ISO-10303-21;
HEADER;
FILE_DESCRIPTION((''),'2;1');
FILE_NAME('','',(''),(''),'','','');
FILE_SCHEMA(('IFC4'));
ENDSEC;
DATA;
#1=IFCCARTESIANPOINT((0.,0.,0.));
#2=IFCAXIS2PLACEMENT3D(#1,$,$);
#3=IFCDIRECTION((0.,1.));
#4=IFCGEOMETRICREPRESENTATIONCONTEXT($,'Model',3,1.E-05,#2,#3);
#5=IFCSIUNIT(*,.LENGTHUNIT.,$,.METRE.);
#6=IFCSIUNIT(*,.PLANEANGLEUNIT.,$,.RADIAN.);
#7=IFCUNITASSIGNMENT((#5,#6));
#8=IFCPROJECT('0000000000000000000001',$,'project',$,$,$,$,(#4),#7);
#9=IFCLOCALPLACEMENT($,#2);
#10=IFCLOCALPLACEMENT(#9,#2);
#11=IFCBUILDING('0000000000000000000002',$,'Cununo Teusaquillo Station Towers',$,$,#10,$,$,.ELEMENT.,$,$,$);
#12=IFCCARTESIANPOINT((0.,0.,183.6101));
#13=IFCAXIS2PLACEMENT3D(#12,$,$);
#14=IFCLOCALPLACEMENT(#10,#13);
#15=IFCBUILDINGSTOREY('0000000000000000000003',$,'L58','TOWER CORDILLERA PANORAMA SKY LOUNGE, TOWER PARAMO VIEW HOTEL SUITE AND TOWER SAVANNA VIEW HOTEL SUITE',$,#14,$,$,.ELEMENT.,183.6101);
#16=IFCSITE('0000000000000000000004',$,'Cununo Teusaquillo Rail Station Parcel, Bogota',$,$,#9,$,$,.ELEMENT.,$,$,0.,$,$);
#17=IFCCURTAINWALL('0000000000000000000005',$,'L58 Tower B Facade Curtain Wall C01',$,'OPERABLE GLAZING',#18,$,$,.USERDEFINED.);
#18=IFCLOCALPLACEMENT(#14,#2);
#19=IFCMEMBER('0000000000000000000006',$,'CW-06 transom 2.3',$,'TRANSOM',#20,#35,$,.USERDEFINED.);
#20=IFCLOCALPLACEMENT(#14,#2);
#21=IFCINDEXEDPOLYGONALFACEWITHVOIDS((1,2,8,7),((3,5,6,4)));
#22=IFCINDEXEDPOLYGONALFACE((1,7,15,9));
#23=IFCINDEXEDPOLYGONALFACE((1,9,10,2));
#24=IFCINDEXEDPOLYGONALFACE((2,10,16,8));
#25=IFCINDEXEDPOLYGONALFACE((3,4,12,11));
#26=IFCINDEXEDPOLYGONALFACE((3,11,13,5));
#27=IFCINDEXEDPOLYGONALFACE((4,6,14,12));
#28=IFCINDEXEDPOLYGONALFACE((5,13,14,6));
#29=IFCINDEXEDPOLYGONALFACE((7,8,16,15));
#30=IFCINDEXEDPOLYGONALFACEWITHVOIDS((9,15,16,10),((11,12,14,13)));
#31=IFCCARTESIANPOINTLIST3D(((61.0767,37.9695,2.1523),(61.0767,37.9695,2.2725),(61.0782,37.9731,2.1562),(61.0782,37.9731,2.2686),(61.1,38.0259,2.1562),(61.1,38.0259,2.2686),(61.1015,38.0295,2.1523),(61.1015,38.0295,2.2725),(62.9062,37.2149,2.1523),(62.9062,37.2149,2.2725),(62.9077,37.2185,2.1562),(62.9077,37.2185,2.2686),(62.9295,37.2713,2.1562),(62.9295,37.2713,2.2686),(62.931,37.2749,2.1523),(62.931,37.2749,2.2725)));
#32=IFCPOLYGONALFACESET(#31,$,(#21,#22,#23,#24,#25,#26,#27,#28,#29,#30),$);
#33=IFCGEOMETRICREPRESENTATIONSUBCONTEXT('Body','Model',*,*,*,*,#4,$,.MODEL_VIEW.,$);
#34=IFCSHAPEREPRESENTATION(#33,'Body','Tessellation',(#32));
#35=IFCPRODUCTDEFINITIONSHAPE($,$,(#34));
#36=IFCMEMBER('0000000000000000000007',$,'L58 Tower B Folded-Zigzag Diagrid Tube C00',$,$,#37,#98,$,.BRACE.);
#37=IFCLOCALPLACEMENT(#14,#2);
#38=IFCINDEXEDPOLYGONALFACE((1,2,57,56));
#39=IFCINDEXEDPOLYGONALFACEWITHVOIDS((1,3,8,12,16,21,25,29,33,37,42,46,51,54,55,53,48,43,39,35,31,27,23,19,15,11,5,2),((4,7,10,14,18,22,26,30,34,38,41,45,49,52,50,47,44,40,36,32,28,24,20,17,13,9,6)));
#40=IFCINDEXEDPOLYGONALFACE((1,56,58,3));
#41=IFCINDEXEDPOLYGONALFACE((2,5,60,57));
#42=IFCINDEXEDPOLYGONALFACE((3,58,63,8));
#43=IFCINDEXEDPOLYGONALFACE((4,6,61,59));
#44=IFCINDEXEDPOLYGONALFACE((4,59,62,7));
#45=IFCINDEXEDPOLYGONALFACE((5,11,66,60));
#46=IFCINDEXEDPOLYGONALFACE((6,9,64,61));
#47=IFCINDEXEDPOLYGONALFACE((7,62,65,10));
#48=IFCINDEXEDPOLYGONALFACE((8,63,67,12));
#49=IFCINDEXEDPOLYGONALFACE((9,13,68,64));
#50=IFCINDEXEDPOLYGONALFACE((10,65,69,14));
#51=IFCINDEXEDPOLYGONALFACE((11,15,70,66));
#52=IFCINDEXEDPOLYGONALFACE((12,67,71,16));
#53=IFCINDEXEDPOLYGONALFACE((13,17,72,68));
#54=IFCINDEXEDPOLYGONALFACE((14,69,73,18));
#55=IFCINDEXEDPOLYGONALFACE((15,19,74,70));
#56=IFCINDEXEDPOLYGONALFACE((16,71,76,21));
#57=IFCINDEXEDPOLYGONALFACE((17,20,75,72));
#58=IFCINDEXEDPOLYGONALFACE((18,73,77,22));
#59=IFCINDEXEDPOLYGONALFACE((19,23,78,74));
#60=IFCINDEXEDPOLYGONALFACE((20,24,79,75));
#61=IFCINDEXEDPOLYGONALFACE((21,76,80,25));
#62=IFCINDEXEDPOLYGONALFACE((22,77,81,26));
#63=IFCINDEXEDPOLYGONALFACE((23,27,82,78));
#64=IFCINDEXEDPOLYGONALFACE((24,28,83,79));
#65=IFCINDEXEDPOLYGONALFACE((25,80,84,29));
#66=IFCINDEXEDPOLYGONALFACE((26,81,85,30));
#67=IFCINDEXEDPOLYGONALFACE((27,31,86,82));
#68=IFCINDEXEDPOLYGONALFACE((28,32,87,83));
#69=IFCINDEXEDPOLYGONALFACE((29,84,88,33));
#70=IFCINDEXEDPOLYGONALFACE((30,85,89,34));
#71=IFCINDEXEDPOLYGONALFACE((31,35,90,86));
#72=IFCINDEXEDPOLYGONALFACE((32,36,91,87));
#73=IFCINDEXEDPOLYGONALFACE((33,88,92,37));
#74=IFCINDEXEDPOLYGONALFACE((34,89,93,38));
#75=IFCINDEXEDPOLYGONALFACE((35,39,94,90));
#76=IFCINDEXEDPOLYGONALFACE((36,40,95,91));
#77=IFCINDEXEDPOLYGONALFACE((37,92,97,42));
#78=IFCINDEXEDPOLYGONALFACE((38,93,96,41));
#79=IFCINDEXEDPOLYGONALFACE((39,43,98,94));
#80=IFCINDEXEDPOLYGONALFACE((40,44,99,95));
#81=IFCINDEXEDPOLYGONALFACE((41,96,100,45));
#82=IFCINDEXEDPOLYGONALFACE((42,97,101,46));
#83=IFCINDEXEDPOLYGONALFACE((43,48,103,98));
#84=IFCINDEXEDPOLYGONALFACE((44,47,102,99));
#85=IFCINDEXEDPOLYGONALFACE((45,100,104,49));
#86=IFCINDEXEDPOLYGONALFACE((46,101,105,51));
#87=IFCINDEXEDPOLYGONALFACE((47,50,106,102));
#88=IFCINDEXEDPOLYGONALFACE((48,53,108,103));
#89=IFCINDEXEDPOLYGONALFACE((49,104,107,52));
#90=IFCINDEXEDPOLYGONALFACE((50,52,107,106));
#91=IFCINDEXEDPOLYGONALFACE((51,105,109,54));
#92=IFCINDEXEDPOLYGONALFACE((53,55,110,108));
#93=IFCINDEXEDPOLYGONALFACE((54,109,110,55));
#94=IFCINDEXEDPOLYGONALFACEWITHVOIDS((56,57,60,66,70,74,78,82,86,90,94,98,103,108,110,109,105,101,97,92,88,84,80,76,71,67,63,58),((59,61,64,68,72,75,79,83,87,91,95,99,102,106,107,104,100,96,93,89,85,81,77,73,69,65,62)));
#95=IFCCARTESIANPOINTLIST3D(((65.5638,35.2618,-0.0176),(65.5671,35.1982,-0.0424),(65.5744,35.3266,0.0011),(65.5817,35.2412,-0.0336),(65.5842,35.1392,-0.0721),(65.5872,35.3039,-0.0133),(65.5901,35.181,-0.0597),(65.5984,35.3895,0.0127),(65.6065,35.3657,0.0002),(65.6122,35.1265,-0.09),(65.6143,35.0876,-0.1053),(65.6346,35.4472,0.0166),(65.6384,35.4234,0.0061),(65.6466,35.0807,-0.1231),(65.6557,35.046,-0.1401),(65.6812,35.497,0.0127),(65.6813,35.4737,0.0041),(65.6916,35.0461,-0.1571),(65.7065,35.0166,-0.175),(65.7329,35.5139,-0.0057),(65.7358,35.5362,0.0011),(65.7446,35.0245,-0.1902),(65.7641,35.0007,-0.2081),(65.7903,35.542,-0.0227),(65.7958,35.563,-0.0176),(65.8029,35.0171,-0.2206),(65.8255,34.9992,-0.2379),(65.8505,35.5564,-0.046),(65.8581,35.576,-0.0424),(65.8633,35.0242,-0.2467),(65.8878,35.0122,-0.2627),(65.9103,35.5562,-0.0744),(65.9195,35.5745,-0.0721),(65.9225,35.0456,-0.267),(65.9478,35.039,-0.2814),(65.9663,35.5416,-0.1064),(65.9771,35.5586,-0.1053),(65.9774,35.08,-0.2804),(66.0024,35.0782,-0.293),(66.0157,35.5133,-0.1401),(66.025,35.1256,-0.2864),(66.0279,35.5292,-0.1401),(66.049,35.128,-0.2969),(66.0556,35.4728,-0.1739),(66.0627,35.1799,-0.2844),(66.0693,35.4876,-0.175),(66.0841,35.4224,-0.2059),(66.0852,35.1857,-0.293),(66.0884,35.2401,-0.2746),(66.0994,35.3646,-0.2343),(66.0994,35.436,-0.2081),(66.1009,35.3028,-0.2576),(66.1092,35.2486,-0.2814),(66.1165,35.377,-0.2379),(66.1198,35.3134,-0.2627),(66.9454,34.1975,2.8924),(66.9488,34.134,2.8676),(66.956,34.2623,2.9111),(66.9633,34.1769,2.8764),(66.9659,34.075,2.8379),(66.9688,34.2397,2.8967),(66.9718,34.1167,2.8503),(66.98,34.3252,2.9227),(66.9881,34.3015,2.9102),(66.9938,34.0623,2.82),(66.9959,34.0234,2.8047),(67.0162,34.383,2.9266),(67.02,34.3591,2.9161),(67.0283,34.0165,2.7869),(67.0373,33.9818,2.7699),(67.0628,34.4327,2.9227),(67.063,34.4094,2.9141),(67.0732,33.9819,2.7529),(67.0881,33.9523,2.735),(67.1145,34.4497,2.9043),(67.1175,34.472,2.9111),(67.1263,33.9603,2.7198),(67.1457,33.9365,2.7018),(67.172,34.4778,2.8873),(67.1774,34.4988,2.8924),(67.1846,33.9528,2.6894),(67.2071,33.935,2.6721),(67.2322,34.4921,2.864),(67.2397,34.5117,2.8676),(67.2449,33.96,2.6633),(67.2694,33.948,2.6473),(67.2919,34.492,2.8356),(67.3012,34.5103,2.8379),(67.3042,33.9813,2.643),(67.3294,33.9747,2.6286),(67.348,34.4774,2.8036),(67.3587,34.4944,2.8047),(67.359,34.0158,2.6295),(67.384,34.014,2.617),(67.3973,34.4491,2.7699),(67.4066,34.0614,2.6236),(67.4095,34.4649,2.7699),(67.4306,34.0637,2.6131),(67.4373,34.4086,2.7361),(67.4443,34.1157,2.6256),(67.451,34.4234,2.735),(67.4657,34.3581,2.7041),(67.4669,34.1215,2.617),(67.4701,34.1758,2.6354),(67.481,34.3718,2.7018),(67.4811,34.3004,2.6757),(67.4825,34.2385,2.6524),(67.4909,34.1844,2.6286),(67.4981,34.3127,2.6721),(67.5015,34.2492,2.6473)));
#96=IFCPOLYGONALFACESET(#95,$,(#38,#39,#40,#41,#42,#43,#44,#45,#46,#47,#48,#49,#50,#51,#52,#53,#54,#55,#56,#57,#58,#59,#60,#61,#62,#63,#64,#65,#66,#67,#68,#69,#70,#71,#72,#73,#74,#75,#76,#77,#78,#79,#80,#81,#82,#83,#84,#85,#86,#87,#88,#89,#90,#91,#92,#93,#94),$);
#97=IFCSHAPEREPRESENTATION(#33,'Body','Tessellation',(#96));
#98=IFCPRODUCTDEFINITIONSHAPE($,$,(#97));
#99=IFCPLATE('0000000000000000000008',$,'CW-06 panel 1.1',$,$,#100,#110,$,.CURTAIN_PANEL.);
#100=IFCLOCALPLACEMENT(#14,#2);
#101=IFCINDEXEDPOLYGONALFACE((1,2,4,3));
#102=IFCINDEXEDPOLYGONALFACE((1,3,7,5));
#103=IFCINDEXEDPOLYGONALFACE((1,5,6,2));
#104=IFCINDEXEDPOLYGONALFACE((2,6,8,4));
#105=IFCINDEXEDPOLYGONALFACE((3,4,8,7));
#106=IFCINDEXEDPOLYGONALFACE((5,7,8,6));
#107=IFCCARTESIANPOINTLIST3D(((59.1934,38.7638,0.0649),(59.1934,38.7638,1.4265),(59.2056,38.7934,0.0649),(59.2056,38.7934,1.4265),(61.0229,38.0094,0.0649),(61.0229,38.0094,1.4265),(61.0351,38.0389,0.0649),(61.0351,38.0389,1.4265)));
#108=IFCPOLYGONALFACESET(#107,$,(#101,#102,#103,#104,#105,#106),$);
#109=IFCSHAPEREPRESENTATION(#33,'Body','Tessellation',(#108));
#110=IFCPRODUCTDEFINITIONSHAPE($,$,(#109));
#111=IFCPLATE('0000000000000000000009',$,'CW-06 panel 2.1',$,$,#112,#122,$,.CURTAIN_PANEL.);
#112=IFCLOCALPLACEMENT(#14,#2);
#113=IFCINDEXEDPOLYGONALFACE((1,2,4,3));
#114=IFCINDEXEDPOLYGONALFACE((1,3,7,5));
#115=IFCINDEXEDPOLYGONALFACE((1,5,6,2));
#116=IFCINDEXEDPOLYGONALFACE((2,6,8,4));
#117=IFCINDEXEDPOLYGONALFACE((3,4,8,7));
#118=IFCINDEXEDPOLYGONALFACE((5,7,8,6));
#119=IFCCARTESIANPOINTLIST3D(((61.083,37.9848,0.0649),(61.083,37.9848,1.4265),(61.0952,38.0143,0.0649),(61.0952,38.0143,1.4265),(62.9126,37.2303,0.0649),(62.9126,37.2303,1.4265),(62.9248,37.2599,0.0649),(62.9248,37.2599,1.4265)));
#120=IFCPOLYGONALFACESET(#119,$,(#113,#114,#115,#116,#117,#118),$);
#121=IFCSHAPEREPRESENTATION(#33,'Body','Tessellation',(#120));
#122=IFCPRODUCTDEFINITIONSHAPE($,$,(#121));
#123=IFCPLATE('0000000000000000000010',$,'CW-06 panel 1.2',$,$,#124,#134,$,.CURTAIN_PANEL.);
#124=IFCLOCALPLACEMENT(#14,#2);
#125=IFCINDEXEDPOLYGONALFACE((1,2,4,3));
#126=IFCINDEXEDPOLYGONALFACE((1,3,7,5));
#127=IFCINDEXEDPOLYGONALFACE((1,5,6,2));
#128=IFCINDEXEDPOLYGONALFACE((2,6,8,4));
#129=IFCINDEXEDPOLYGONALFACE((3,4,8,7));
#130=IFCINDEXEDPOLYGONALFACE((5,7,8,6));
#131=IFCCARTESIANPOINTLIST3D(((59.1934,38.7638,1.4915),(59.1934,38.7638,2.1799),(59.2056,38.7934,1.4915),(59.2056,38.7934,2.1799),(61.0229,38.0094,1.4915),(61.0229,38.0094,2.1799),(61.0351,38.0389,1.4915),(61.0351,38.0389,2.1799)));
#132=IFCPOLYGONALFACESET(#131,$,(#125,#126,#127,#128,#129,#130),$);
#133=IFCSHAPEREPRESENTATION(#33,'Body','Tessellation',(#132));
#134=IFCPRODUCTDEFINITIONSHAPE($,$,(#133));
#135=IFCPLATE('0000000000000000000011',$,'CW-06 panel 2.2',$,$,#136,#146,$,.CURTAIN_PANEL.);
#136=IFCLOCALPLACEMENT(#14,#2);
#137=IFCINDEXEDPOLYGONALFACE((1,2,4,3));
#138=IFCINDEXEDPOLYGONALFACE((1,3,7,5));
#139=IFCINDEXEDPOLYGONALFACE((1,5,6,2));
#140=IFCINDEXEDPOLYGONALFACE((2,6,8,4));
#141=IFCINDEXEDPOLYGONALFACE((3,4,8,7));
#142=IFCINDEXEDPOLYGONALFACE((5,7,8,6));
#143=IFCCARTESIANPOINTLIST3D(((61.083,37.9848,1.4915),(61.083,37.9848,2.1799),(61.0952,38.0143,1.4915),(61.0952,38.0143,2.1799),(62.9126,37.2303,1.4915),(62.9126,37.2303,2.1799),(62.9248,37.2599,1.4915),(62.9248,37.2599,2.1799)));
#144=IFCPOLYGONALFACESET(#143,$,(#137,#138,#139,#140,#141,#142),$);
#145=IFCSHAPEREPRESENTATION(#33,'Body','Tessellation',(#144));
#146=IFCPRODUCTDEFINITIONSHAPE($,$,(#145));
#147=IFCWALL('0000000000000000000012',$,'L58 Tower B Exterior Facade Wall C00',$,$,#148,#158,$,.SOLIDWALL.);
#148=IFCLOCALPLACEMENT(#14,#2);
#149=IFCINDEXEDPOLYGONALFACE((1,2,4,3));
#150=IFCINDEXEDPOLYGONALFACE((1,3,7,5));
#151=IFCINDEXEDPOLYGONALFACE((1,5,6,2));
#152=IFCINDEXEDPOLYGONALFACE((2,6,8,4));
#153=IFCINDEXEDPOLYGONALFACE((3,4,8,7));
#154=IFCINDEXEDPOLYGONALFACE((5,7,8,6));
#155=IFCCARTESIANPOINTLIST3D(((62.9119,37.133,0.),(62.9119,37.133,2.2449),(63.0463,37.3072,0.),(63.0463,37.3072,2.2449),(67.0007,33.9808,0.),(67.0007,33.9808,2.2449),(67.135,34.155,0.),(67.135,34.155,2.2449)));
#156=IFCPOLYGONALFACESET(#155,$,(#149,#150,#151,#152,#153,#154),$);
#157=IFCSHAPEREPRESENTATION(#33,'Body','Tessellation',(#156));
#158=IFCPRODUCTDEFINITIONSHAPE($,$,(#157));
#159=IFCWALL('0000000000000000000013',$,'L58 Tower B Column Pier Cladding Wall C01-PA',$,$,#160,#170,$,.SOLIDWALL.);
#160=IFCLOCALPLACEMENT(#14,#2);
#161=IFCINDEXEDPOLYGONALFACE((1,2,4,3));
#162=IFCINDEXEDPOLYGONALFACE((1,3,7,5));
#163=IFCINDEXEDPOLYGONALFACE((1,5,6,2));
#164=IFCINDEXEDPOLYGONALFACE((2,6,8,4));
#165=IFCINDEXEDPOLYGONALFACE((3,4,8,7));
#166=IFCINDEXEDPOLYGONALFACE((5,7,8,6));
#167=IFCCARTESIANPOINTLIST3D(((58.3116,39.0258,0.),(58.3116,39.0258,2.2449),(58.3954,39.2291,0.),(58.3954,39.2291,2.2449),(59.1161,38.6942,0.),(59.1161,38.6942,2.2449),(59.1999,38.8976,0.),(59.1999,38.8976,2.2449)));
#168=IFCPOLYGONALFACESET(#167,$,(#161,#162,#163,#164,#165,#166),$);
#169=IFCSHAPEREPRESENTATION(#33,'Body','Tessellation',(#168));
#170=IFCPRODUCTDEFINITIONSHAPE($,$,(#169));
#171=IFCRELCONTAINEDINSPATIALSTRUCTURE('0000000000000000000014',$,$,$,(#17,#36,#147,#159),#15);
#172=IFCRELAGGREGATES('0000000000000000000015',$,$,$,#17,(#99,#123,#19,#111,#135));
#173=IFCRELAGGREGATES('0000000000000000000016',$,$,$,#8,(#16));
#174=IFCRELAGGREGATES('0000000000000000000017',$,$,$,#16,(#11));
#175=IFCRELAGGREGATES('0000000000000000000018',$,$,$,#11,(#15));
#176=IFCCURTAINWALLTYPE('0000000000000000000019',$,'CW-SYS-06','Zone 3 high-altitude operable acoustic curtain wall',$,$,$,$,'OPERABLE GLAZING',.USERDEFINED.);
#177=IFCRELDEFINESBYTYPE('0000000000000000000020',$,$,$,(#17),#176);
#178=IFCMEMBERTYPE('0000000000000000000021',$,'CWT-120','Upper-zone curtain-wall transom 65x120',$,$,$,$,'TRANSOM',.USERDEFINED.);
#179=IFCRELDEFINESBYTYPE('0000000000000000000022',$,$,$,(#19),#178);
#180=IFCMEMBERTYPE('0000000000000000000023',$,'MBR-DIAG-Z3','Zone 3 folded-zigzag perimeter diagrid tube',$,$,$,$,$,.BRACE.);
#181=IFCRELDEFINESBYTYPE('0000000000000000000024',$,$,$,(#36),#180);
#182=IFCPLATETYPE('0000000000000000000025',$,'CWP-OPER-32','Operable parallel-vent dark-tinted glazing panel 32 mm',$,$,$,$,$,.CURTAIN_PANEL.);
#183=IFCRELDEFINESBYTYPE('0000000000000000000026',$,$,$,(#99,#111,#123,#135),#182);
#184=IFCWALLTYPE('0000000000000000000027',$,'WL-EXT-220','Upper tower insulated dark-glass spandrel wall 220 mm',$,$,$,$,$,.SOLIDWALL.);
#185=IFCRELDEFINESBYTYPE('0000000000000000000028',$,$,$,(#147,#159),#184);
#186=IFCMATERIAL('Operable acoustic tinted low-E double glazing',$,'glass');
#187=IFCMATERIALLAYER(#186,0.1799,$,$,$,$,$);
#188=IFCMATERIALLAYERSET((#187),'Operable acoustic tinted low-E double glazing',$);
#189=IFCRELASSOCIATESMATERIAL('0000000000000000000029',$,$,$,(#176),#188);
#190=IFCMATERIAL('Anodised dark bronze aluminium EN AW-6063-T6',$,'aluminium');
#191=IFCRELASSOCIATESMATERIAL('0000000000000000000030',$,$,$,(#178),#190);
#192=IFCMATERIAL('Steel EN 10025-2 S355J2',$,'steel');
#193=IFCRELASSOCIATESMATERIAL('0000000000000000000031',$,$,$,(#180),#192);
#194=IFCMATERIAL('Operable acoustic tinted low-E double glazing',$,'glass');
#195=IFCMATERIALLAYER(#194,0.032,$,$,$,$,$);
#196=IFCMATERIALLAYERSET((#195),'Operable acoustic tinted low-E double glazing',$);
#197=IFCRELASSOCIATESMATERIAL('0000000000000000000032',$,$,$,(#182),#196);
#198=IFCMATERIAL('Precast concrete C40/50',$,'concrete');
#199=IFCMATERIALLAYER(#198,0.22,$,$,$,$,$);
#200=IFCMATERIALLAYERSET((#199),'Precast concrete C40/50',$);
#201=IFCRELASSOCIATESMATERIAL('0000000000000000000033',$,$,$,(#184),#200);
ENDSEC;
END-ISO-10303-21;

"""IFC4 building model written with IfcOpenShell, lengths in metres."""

from ifc_helpers import new_model, si_unit, direction, frame, frame_2d, origin, origin_2d, place, context, subcontext, project, spatial, rectangle, hollow_rectangle, hollow_circle, extrude, source, transform, mapped, material, layer, layer_set, material_profile, profile_set, type_object, element, aggregate, save


model = new_model("IFC4")

# Units and contexts
model_context = context("Model", 3, precision=1e-05, world=origin(), true_north=direction((0.0, 1.0)))
body_context = subcontext(model_context, "Body", "Model", "MODEL_VIEW")
ifc_project = project(units=[si_unit("LENGTHUNIT", "METRE"), si_unit("PLANEANGLEUNIT", "RADIAN")], contexts=[model_context])

# Site, building, storey
site_placement = place(None, origin())
site = spatial("IfcSite", under=ifc_project, at=site_placement, Name="Cununo Teusaquillo Rail Station Parcel, Bogota", CompositionType="ELEMENT", RefElevation=0.0)
building_placement = place(site_placement, origin())
building = spatial("IfcBuilding", under=site, at=building_placement, Name="Cununo Teusaquillo Station Towers", CompositionType="ELEMENT")
storey_placement = place(building_placement, frame((0.0, 0.0, 183.6101)))
storey = spatial("IfcBuildingStorey", under=building, at=storey_placement, Name="L58", Description="TOWER CORDILLERA PANORAMA SKY LOUNGE, TOWER PARAMO VIEW HOTEL SUITE AND TOWER SAVANNA VIEW HOTEL SUITE", CompositionType="ELEMENT", Elevation=183.6101)

# Curtain wall, member
ifc_material_1 = material(Name="Operable acoustic tinted low-E double glazing", Category="glass")
ifc_layer_1 = layer(ifc_material_1, 0.1799)
ifc_layer_set_1 = layer_set([ifc_layer_1], Name="Operable acoustic tinted low-E double glazing")
curtain_wall_type = type_object("IfcCurtainWallType", Name="CW-SYS-06", Description="Zone 3 high-altitude operable acoustic curtain wall", ElementType="OPERABLE GLAZING", PredefinedType="USERDEFINED", material=ifc_layer_set_1)
curtain_wall_placement = place(storey_placement, origin())
curtain_wall = element("IfcCurtainWall", 1, at=curtain_wall_placement, inside=storey, type_object=curtain_wall_type, Name="L58 Tower B Facade Curtain Wall C01", ObjectType="OPERABLE GLAZING", PredefinedType="USERDEFINED")
ifc_material_2 = material(Name="Anodised dark bronze aluminium EN AW-6063-T6", Category="aluminium")
ifc_material_profile_1 = material_profile(ifc_material_2, hollow_rectangle(XDim=0.0649, YDim=0.1201, WallThickness=0.0039, at=origin_2d()), Name="CW-TRAN-65x120")
ifc_profile_set_1 = profile_set([ifc_material_profile_1], Name="Anodised dark bronze aluminium EN AW-6063-T6")
member_type_1 = type_object("IfcMemberType", Name="CWT-120", Description="Upper-zone curtain-wall transom 65x120", ElementType="TRANSOM", PredefinedType="USERDEFINED", material=ifc_profile_set_1)
member_1_placement = place(storey_placement, frame((61.0891, 37.9995, 2.2124), z_axis=(0.924451, -0.381302, 0.0), x_axis=(0.381302, 0.924451, 0.0)))
member_1 = element("IfcMember", 2, at=member_1_placement, type_object=member_type_1, Name="CW-06 transom 2.3", ObjectType="TRANSOM", PredefinedType="USERDEFINED", context=body_context, shape_type="SweptSolid", body=[
    extrude(hollow_rectangle(XDim=0.0649, YDim=0.1201, WallThickness=0.0039, at=origin_2d()), origin(), (0.0, 0.0, 1.0), 1.979),
])

# Member
ifc_material_3 = material(Name="Steel EN 10025-2 S355J2", Category="steel")
ifc_material_profile_2 = material_profile(ifc_material_3, hollow_circle(Radius=0.3049, WallThickness=0.02, at=origin_2d()), Name="CHS 610x20")
ifc_profile_set_2 = profile_set([ifc_material_profile_2], Name="Steel EN 10025-2 S355J2")
member_type_2 = type_object("IfcMemberType", Name="MBR-DIAG-Z3", Description="Zone 3 folded-zigzag perimeter diagrid tube", PredefinedType="BRACE", material=ifc_profile_set_2)
member_2_placement = place(storey_placement, frame((65.8418, 35.2876, -0.1401), z_axis=(0.407251, -0.313696, 0.857753), x_axis=(0.610232, 0.792223, 0.0)))
element("IfcMember", 3, at=member_2_placement, inside=storey, type_object=member_type_2, Name="L58 Tower B Folded-Zigzag Diagrid Tube C00", PredefinedType="BRACE", context=body_context, shape_type="SweptSolid", body=[
    extrude(hollow_circle(Radius=0.3049, WallThickness=0.02, at=origin_2d()), origin(), (0.0, 0.0, 1.0), 3.3926),
])

# Plates
ifc_material_4 = material(Name="Operable acoustic tinted low-E double glazing", Category="glass")
ifc_layer_2 = layer(ifc_material_4, 0.032)
ifc_layer_set_2 = layer_set([ifc_layer_2], Name="Operable acoustic tinted low-E double glazing")
plate_type = type_object("IfcPlateType", Name="CWP-OPER-32", Description="Operable parallel-vent dark-tinted glazing panel 32 mm", PredefinedType="CURTAIN_PANEL", material=ifc_layer_set_2)
shared_shape_1 = source(origin(), body_context, "Body", "SweptSolid", [
    extrude(rectangle(XDim=1.979, YDim=0.032, at=origin_2d()), origin(), (0.0, 0.0, 1.0), 1.3616),
])
plate_1_placement = place(storey_placement, frame((60.1143, 38.4014, 0.0649), z_axis=(0.0, 0.0, 1.0), x_axis=(0.924481, -0.381229, 0.0)))
plate_1 = element("IfcPlate", 4, at=plate_1_placement, type_object=plate_type, Name="CW-06 panel 1.1", PredefinedType="CURTAIN_PANEL", context=body_context, shape_type="MappedRepresentation", body=[
    mapped(shared_shape_1, transform((0.0, 0.0, 0.0), x_axis=(1.0, 0.0, 0.0), y_axis=(0.0, 1.0, 0.0), z_axis=(0.0, 0.0, 1.0), scale=1.0)),
])
plate_2_placement = place(storey_placement, frame((62.0039, 37.6223, 0.0649), z_axis=(0.0, 0.0, 1.0), x_axis=(0.924481, -0.381229, 0.0)))
plate_2 = element("IfcPlate", 5, at=plate_2_placement, type_object=plate_type, Name="CW-06 panel 2.1", PredefinedType="CURTAIN_PANEL", context=body_context, shape_type="MappedRepresentation", body=[
    mapped(shared_shape_1, transform((0.0, 0.0, 0.0), x_axis=(1.0, 0.0, 0.0), y_axis=(0.0, 1.0, 0.0), z_axis=(0.0, 0.0, 1.0), scale=1.0)),
])
shared_shape_2 = source(origin(), body_context, "Body", "SweptSolid", [
    extrude(rectangle(XDim=1.979, YDim=0.032, at=origin_2d()), origin(), (0.0, 0.0, 1.0), 0.6885),
])
plate_3_placement = place(storey_placement, frame((60.1143, 38.4014, 1.4915), z_axis=(0.0, 0.0, 1.0), x_axis=(0.924481, -0.381229, 0.0)))
plate_3 = element("IfcPlate", 6, at=plate_3_placement, type_object=plate_type, Name="CW-06 panel 1.2", PredefinedType="CURTAIN_PANEL", context=body_context, shape_type="MappedRepresentation", body=[
    mapped(shared_shape_2, transform((0.0, 0.0, 0.0), x_axis=(1.0, 0.0, 0.0), y_axis=(0.0, 1.0, 0.0), z_axis=(0.0, 0.0, 1.0), scale=1.0)),
])
plate_4_placement = place(storey_placement, frame((62.0039, 37.6223, 1.4915), z_axis=(0.0, 0.0, 1.0), x_axis=(0.924481, -0.381229, 0.0)))
plate_4 = element("IfcPlate", 7, at=plate_4_placement, type_object=plate_type, Name="CW-06 panel 2.2", PredefinedType="CURTAIN_PANEL", context=body_context, shape_type="MappedRepresentation", body=[
    mapped(shared_shape_2, transform((0.0, 0.0, 0.0), x_axis=(1.0, 0.0, 0.0), y_axis=(0.0, 1.0, 0.0), z_axis=(0.0, 0.0, 1.0), scale=1.0)),
])
aggregate(curtain_wall, [plate_1, plate_3, member_1, plate_2, plate_4])

# Walls
ifc_material_5 = material(Name="Precast concrete C40/50", Category="concrete")
ifc_layer_3 = layer(ifc_material_5, 0.22)
ifc_layer_set_3 = layer_set([ifc_layer_3], Name="Precast concrete C40/50")
wall_type = type_object("IfcWallType", Name="WL-EXT-220", Description="Upper tower insulated dark-glass spandrel wall 220 mm", PredefinedType="SOLIDWALL", material=ifc_layer_set_3)
wall_1_placement = place(storey_placement, frame((62.979, 37.2202, 0.0), z_axis=(0.0, 0.0, 1.0), x_axis=(0.791963, -0.61057, 0.0)))
element("IfcWall", 8, at=wall_1_placement, inside=storey, type_object=wall_type, Name="L58 Tower B Exterior Facade Wall C00", PredefinedType="SOLIDWALL", context=body_context, shape_type="SweptSolid", body=[
    extrude(rectangle(XDim=5.1628, YDim=0.22, at=frame_2d((2.5815, 0.0))), origin(), (0.0, 0.0, 1.0), 2.2449),
])
wall_2_placement = place(storey_placement, frame((58.3535, 39.1274, 0.0), z_axis=(0.0, 0.0, 1.0), x_axis=(0.924556, -0.381046, 0.0)))
element("IfcWall", 9, at=wall_2_placement, inside=storey, type_object=wall_type, Name="L58 Tower B Column Pier Cladding Wall C01-PA", PredefinedType="SOLIDWALL", context=body_context, shape_type="SweptSolid", body=[
    extrude(rectangle(XDim=0.8701, YDim=0.22, at=frame_2d((0.4351, 0.0))), origin(), (0.0, 0.0, 1.0), 2.2449),
])

save(model, "model.ifc")
